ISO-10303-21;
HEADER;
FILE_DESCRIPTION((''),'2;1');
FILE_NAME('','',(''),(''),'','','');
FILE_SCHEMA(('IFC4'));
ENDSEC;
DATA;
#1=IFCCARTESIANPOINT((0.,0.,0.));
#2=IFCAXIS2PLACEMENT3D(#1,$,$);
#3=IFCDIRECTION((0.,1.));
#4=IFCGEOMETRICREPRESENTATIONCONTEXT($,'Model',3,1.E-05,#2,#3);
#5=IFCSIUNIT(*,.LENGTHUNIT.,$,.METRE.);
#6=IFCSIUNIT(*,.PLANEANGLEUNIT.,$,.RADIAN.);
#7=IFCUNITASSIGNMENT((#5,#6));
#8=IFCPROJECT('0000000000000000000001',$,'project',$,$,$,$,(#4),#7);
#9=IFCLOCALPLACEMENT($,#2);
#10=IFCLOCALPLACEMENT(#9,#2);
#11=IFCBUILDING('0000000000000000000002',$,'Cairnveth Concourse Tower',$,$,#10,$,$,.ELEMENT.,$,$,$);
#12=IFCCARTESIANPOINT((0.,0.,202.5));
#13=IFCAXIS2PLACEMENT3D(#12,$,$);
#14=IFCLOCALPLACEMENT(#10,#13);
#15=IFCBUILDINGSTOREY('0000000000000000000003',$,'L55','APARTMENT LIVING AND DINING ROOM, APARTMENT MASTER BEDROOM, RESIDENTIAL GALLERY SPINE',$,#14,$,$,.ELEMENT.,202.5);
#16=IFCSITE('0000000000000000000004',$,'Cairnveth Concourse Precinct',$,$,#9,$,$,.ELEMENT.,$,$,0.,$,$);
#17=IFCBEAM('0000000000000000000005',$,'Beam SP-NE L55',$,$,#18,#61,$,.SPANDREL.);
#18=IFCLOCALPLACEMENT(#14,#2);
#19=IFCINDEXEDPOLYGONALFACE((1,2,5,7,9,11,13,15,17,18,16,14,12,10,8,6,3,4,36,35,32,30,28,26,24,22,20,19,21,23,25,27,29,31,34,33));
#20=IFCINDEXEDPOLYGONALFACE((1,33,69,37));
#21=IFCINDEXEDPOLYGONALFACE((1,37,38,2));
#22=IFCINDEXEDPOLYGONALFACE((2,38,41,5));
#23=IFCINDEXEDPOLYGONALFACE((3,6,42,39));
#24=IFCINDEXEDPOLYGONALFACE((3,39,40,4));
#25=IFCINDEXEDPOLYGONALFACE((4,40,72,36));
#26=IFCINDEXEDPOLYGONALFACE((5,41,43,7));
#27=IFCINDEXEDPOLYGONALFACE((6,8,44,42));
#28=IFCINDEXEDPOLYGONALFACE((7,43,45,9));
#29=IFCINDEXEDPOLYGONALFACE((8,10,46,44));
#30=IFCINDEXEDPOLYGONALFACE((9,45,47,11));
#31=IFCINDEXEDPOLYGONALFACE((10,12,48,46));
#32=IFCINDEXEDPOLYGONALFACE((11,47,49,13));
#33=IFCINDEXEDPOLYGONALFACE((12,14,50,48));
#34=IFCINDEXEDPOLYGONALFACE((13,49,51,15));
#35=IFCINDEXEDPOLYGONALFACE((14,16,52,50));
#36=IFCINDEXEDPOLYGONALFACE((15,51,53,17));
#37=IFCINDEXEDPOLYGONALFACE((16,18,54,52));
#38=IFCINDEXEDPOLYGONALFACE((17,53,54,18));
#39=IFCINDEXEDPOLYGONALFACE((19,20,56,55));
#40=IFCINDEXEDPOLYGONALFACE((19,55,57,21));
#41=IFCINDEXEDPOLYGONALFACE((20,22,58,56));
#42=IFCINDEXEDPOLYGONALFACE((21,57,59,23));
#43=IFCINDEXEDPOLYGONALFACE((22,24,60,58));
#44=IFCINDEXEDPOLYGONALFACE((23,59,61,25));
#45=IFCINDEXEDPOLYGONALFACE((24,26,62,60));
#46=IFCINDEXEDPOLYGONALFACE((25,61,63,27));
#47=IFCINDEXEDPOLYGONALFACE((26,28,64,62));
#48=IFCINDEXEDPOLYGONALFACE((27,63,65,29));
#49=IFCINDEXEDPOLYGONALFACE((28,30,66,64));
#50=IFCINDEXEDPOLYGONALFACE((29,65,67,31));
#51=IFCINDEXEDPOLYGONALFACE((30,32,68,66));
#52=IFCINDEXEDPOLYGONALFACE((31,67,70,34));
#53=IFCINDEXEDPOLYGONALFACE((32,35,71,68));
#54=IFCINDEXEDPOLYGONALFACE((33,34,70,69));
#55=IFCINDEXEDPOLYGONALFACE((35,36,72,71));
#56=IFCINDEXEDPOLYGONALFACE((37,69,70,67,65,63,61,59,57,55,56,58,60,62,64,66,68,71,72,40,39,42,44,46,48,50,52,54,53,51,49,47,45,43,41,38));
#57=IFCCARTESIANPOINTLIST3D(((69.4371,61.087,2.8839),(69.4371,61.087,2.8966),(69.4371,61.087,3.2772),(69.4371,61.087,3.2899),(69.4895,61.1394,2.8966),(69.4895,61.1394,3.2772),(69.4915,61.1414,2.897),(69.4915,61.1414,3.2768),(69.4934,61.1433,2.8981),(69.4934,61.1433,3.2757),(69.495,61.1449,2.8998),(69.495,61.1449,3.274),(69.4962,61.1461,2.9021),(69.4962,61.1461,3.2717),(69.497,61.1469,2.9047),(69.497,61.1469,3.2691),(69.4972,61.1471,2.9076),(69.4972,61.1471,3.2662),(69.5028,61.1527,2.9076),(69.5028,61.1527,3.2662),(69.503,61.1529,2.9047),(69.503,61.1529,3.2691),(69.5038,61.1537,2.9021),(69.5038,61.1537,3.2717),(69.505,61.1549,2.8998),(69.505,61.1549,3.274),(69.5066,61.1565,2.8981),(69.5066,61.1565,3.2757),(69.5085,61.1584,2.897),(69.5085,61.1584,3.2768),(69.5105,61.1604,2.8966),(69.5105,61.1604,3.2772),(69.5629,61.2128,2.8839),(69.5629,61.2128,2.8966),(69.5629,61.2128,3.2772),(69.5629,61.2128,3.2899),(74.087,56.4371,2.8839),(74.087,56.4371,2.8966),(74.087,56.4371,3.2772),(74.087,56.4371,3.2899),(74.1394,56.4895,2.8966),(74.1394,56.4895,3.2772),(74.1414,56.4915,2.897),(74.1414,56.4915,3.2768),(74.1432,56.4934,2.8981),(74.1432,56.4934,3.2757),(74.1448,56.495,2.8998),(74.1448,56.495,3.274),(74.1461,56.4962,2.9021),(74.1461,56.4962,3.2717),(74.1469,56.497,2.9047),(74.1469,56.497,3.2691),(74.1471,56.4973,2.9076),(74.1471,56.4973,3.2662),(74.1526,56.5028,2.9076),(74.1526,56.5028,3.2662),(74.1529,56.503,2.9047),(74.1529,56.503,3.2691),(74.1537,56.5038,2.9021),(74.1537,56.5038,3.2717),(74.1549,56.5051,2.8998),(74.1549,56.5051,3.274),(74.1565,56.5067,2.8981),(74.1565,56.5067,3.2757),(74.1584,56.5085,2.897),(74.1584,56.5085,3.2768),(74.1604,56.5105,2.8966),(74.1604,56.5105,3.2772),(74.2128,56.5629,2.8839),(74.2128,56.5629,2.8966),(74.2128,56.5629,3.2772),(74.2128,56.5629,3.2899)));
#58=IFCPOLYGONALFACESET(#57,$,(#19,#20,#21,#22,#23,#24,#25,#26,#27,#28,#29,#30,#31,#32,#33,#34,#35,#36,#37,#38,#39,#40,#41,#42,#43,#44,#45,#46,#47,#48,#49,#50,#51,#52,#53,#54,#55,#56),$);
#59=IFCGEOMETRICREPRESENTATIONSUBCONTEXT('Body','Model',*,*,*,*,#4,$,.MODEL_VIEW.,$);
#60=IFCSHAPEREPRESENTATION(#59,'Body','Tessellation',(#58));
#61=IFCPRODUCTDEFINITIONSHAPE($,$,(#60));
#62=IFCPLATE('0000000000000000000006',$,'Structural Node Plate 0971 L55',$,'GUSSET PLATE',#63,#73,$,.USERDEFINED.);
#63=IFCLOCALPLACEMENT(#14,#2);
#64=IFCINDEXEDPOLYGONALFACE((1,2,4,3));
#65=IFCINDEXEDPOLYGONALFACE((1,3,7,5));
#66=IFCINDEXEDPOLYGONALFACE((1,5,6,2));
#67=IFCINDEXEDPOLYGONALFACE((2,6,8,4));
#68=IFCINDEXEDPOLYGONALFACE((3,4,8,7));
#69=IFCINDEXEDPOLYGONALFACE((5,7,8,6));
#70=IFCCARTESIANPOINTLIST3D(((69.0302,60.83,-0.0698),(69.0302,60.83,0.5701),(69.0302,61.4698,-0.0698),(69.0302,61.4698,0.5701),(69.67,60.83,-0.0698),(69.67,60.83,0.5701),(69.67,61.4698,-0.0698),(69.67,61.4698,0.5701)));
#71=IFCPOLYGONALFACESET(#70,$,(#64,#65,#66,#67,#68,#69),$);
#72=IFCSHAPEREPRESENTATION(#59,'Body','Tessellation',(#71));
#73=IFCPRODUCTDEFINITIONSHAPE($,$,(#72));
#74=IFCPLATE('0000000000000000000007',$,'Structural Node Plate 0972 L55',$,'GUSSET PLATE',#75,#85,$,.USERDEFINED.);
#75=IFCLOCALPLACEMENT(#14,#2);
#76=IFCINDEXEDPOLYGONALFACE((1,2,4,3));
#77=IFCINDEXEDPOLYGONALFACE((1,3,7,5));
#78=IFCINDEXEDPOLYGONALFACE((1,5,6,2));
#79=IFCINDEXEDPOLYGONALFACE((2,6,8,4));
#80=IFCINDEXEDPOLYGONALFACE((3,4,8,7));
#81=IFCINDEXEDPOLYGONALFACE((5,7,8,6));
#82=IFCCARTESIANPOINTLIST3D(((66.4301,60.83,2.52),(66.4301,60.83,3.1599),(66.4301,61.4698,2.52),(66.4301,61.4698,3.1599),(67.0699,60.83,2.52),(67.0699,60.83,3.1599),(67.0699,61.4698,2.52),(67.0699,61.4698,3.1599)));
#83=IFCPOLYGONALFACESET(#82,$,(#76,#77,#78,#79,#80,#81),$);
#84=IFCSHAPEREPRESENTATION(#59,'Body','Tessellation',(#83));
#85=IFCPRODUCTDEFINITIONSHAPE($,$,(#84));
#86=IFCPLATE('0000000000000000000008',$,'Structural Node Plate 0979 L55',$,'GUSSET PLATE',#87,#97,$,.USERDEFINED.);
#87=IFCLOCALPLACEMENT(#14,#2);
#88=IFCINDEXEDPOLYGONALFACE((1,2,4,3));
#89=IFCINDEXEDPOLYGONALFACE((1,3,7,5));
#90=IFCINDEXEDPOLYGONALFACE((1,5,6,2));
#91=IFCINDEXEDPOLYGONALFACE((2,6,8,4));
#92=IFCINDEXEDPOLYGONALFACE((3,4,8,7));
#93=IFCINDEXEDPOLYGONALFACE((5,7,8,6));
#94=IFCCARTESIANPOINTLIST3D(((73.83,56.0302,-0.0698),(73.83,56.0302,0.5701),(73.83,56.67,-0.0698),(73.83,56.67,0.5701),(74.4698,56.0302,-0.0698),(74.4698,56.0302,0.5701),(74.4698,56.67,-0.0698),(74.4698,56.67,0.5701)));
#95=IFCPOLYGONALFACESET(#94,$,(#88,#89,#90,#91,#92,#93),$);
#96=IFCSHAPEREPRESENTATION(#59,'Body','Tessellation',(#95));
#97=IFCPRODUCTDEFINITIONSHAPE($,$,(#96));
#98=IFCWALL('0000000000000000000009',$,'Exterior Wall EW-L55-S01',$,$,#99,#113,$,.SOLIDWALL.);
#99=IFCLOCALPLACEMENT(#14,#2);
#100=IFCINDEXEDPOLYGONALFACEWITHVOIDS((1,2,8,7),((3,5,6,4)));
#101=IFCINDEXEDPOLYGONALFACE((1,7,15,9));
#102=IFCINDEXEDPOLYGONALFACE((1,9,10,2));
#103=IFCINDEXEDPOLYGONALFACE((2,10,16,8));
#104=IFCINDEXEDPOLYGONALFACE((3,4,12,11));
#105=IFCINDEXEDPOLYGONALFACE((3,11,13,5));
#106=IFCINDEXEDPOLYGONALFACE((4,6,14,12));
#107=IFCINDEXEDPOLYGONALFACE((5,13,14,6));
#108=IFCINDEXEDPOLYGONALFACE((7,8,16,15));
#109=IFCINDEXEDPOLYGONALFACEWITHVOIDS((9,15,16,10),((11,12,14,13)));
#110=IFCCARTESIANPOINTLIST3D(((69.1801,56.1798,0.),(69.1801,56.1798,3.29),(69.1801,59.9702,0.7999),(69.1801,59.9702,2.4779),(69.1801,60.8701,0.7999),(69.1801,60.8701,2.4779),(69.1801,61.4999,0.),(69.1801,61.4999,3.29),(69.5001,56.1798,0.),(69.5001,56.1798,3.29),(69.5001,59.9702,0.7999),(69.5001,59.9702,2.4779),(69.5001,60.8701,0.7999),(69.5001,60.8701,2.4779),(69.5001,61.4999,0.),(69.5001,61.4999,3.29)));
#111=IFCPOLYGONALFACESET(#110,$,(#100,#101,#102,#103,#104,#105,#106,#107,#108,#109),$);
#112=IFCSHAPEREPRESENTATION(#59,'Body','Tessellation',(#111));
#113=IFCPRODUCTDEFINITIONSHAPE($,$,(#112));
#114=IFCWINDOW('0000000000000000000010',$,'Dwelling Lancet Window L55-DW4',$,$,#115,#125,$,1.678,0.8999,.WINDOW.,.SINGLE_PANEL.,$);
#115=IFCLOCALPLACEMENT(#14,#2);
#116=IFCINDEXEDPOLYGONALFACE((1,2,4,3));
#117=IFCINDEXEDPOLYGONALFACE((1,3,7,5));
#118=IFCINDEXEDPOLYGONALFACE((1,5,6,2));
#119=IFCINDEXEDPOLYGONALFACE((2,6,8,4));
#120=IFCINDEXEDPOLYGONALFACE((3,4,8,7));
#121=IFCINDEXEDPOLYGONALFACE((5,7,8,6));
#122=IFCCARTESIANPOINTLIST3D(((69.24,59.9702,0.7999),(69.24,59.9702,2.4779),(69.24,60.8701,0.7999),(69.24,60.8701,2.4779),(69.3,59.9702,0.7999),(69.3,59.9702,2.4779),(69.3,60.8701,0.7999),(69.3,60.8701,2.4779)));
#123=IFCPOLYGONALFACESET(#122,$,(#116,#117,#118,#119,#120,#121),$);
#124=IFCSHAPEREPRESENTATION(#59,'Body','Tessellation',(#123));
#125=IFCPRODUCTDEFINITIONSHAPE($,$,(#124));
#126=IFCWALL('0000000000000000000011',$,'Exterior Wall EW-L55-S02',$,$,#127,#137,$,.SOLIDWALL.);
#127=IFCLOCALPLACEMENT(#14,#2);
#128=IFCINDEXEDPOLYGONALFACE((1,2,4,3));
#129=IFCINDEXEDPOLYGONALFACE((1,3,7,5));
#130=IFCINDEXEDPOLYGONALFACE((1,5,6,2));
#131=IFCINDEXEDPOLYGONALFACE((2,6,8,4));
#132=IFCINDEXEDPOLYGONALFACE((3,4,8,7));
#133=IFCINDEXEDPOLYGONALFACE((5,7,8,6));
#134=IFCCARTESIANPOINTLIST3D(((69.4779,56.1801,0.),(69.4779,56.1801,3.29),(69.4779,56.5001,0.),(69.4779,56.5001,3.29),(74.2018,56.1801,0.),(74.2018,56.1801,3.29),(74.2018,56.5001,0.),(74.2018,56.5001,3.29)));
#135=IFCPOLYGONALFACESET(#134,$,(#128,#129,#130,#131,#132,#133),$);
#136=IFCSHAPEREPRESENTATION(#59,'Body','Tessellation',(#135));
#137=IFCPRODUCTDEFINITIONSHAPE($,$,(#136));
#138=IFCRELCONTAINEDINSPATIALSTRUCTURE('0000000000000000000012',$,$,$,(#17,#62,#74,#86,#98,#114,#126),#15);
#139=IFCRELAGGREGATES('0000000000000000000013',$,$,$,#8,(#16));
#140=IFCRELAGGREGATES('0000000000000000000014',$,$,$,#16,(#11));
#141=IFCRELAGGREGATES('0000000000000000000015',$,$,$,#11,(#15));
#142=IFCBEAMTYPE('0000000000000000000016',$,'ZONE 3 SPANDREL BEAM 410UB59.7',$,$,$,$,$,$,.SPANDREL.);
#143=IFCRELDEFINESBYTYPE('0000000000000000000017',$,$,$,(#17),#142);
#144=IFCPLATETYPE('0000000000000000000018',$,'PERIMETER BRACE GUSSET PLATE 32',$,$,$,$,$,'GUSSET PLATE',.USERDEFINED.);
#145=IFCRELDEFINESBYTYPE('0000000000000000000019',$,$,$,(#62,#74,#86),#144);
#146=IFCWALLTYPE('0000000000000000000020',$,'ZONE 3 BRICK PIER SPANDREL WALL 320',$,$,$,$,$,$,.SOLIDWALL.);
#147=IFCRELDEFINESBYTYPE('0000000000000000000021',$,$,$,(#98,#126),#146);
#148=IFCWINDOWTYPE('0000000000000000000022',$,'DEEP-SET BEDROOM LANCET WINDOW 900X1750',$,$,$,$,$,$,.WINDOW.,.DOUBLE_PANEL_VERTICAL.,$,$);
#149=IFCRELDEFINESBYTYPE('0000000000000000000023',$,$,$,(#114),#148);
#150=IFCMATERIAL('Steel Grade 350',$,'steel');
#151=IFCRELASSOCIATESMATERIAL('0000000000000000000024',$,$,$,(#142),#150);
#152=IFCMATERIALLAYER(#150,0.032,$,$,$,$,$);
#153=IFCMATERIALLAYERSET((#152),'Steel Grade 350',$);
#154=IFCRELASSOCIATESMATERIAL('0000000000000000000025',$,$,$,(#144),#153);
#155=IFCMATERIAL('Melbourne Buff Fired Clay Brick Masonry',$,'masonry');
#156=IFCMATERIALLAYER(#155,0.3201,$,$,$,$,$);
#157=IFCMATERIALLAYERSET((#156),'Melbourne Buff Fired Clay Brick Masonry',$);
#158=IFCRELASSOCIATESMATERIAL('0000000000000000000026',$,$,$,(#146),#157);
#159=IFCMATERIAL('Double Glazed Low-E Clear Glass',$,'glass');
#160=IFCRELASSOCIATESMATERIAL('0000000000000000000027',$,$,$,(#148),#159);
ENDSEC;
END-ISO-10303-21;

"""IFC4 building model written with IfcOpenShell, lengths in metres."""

from ifc_helpers import new_model, si_unit, direction, frame, frame_2d, origin, origin_2d, place, context, subcontext, project, spatial, rectangle, i_section, extrude, material, layer, layer_set, material_profile, profile_set, type_object, element, fill, save


model = new_model("IFC4")

# Units and contexts
model_context = context("Model", 3, precision=1e-05, world=origin(), true_north=direction((0.0, 1.0)))
body_context = subcontext(model_context, "Body", "Model", "MODEL_VIEW")
ifc_project = project(units=[si_unit("LENGTHUNIT", "METRE"), si_unit("PLANEANGLEUNIT", "RADIAN")], contexts=[model_context])

# Site, building, storey
site_placement = place(None, origin())
site = spatial("IfcSite", under=ifc_project, at=site_placement, Name="Cairnveth Concourse Precinct", CompositionType="ELEMENT", RefElevation=0.0)
building_placement = place(site_placement, origin())
building = spatial("IfcBuilding", under=site, at=building_placement, Name="Cairnveth Concourse Tower", CompositionType="ELEMENT")
storey_placement = place(building_placement, frame((0.0, 0.0, 202.5)))
storey = spatial("IfcBuildingStorey", under=building, at=storey_placement, Name="L55", Description="APARTMENT LIVING AND DINING ROOM, APARTMENT MASTER BEDROOM, RESIDENTIAL GALLERY SPINE", CompositionType="ELEMENT", Elevation=202.5)

# Shared definitions
ifc_material_1 = material(Name="Steel Grade 350", Category="steel")

# Beam
ifc_material_profile_1 = material_profile(ifc_material_1, i_section(OverallWidth=0.178, OverallDepth=0.406, WebThickness=0.0078, FlangeThickness=0.0127, FilletRadius=0.011, at=origin_2d()), Name="410UB59.7")
ifc_profile_set_1 = profile_set([ifc_material_profile_1], Name="Steel Grade 350")
beam_type_1 = type_object("IfcBeamType", Name="ZONE 3 SPANDREL BEAM 410UB59.7", PredefinedType="SPANDREL", material=ifc_profile_set_1)
beam_1_placement = place(storey_placement, frame((69.5, 61.1499, 3.0869), z_axis=(0.707107, -0.707107, 0.0), x_axis=(0.707107, 0.707107, 0.0)))
element("IfcBeam", 1, at=beam_1_placement, inside=storey, type_object=beam_type_1, Name="Beam SP-NE L55", PredefinedType="SPANDREL", context=body_context, shape_type="SweptSolid", body=[
    extrude(i_section(OverallWidth=0.178, OverallDepth=0.406, WebThickness=0.0078, FlangeThickness=0.0127, FilletRadius=0.011, at=origin_2d()), origin(), (0.0, 0.0, 1.0), 6.5759),
])

# Plates
ifc_layer_1 = layer(ifc_material_1, 0.032)
ifc_layer_set_1 = layer_set([ifc_layer_1], Name="Steel Grade 350")
plate_type = type_object("IfcPlateType", Name="PERIMETER BRACE GUSSET PLATE 32", ElementType="GUSSET PLATE", PredefinedType="USERDEFINED", material=ifc_layer_set_1)
for number, where, z_axis, x_axis, name in (
    (2, (69.3501, 61.1499, -0.0698), (0.0, 0.0, 1.0), (1.0, 0.0, 0.0), "Structural Node Plate 0971 L55"),
    (3, (66.75, 61.1499, 2.52), (0.0, 0.0, 1.0), (1.0, 0.0, 0.0), "Structural Node Plate 0972 L55"),
    (4, (74.1499, 56.3501, -0.0698), (0.0, 0.0, 1.0), (1.0, 0.0, 0.0), "Structural Node Plate 0979 L55"),
):
    element("IfcPlate", number, at=place(storey_placement, frame(where, z_axis=z_axis, x_axis=x_axis)), inside=storey, type_object=plate_type, Name=name, ObjectType="GUSSET PLATE", PredefinedType="USERDEFINED", context=body_context, shape_type="SweptSolid", body=[
        extrude(rectangle(XDim=0.6399, YDim=0.6399, at=origin_2d()), origin(), (0.0, 0.0, 1.0), 0.6399),
    ])

# Wall, opening, window
ifc_material_2 = material(Name="Melbourne Buff Fired Clay Brick Masonry", Category="masonry")
ifc_layer_2 = layer(ifc_material_2, 0.3201)
ifc_layer_set_2 = layer_set([ifc_layer_2], Name="Melbourne Buff Fired Clay Brick Masonry")
wall_type = type_object("IfcWallType", Name="ZONE 3 BRICK PIER SPANDREL WALL 320", PredefinedType="SOLIDWALL", material=ifc_layer_set_2)
wall_1_placement = place(storey_placement, frame((69.3401, 61.5, 0.0), z_axis=(0.0, 0.0, 1.0), x_axis=(0.0, -1.0, 0.0)))
wall_1 = element("IfcWall", 5, at=wall_1_placement, inside=storey, type_object=wall_type, Name="Exterior Wall EW-L55-S01", PredefinedType="SOLIDWALL", context=body_context, shape_type="SweptSolid", body=[
    extrude(rectangle(XDim=5.3201, YDim=0.3201, at=frame_2d((2.6602, 0.0))), origin(), (0.0, 0.0, 1.0), 3.29),
])
opening_1_placement = place(wall_1_placement, frame((0.6299, 0.0, 0.8)))
opening_1 = element("IfcOpeningElement", 6, at=opening_1_placement, cuts=wall_1, PredefinedType="OPENING", context=body_context, shape_type="SweptSolid", body=[
    extrude(rectangle(XDim=0.8999, YDim=1.678, at=frame_2d((0.45, 0.8389))), frame((0.0, 0.1699, 0.0), z_axis=(0.0, -1.0, 0.0), x_axis=(1.0, 0.0, 0.0)), (0.0, 0.0, 1.0), 0.3401),
])
ifc_material_3 = material(Name="Double Glazed Low-E Clear Glass", Category="glass")
window_type_1 = type_object("IfcWindowType", Name="DEEP-SET BEDROOM LANCET WINDOW 900X1750", PartitioningType="DOUBLE_PANEL_VERTICAL", PredefinedType="WINDOW", material=ifc_material_3)
window_1_placement = place(opening_1_placement, origin())
window_1 = element("IfcWindow", 7, at=window_1_placement, inside=storey, type_object=window_type_1, Name="Dwelling Lancet Window L55-DW4", OverallHeight=1.678, OverallWidth=0.8999, PartitioningType="SINGLE_PANEL", PredefinedType="WINDOW", context=body_context, shape_type="SweptSolid", body=[
    extrude(rectangle(XDim=0.8999, YDim=1.678, at=frame_2d((0.45, 0.8389))), frame((0.0, -0.04, 0.0), z_axis=(0.0, -1.0, 0.0), x_axis=(1.0, 0.0, 0.0)), (0.0, 0.0, 1.0), 0.0601),
])
fill(opening_1, window_1)

# Wall
wall_2_placement = place(storey_placement, frame((69.478, 56.3401, 0.0), z_axis=(0.0, 0.0, 1.0), x_axis=(1.0, 0.0, 0.0)))
element("IfcWall", 8, at=wall_2_placement, inside=storey, type_object=wall_type, Name="Exterior Wall EW-L55-S02", PredefinedType="SOLIDWALL", context=body_context, shape_type="SweptSolid", body=[
    extrude(rectangle(XDim=4.7239, YDim=0.3201, at=frame_2d((2.3618, 0.0))), origin(), (0.0, 0.0, 1.0), 3.29),
])

save(model, "model.ifc")
